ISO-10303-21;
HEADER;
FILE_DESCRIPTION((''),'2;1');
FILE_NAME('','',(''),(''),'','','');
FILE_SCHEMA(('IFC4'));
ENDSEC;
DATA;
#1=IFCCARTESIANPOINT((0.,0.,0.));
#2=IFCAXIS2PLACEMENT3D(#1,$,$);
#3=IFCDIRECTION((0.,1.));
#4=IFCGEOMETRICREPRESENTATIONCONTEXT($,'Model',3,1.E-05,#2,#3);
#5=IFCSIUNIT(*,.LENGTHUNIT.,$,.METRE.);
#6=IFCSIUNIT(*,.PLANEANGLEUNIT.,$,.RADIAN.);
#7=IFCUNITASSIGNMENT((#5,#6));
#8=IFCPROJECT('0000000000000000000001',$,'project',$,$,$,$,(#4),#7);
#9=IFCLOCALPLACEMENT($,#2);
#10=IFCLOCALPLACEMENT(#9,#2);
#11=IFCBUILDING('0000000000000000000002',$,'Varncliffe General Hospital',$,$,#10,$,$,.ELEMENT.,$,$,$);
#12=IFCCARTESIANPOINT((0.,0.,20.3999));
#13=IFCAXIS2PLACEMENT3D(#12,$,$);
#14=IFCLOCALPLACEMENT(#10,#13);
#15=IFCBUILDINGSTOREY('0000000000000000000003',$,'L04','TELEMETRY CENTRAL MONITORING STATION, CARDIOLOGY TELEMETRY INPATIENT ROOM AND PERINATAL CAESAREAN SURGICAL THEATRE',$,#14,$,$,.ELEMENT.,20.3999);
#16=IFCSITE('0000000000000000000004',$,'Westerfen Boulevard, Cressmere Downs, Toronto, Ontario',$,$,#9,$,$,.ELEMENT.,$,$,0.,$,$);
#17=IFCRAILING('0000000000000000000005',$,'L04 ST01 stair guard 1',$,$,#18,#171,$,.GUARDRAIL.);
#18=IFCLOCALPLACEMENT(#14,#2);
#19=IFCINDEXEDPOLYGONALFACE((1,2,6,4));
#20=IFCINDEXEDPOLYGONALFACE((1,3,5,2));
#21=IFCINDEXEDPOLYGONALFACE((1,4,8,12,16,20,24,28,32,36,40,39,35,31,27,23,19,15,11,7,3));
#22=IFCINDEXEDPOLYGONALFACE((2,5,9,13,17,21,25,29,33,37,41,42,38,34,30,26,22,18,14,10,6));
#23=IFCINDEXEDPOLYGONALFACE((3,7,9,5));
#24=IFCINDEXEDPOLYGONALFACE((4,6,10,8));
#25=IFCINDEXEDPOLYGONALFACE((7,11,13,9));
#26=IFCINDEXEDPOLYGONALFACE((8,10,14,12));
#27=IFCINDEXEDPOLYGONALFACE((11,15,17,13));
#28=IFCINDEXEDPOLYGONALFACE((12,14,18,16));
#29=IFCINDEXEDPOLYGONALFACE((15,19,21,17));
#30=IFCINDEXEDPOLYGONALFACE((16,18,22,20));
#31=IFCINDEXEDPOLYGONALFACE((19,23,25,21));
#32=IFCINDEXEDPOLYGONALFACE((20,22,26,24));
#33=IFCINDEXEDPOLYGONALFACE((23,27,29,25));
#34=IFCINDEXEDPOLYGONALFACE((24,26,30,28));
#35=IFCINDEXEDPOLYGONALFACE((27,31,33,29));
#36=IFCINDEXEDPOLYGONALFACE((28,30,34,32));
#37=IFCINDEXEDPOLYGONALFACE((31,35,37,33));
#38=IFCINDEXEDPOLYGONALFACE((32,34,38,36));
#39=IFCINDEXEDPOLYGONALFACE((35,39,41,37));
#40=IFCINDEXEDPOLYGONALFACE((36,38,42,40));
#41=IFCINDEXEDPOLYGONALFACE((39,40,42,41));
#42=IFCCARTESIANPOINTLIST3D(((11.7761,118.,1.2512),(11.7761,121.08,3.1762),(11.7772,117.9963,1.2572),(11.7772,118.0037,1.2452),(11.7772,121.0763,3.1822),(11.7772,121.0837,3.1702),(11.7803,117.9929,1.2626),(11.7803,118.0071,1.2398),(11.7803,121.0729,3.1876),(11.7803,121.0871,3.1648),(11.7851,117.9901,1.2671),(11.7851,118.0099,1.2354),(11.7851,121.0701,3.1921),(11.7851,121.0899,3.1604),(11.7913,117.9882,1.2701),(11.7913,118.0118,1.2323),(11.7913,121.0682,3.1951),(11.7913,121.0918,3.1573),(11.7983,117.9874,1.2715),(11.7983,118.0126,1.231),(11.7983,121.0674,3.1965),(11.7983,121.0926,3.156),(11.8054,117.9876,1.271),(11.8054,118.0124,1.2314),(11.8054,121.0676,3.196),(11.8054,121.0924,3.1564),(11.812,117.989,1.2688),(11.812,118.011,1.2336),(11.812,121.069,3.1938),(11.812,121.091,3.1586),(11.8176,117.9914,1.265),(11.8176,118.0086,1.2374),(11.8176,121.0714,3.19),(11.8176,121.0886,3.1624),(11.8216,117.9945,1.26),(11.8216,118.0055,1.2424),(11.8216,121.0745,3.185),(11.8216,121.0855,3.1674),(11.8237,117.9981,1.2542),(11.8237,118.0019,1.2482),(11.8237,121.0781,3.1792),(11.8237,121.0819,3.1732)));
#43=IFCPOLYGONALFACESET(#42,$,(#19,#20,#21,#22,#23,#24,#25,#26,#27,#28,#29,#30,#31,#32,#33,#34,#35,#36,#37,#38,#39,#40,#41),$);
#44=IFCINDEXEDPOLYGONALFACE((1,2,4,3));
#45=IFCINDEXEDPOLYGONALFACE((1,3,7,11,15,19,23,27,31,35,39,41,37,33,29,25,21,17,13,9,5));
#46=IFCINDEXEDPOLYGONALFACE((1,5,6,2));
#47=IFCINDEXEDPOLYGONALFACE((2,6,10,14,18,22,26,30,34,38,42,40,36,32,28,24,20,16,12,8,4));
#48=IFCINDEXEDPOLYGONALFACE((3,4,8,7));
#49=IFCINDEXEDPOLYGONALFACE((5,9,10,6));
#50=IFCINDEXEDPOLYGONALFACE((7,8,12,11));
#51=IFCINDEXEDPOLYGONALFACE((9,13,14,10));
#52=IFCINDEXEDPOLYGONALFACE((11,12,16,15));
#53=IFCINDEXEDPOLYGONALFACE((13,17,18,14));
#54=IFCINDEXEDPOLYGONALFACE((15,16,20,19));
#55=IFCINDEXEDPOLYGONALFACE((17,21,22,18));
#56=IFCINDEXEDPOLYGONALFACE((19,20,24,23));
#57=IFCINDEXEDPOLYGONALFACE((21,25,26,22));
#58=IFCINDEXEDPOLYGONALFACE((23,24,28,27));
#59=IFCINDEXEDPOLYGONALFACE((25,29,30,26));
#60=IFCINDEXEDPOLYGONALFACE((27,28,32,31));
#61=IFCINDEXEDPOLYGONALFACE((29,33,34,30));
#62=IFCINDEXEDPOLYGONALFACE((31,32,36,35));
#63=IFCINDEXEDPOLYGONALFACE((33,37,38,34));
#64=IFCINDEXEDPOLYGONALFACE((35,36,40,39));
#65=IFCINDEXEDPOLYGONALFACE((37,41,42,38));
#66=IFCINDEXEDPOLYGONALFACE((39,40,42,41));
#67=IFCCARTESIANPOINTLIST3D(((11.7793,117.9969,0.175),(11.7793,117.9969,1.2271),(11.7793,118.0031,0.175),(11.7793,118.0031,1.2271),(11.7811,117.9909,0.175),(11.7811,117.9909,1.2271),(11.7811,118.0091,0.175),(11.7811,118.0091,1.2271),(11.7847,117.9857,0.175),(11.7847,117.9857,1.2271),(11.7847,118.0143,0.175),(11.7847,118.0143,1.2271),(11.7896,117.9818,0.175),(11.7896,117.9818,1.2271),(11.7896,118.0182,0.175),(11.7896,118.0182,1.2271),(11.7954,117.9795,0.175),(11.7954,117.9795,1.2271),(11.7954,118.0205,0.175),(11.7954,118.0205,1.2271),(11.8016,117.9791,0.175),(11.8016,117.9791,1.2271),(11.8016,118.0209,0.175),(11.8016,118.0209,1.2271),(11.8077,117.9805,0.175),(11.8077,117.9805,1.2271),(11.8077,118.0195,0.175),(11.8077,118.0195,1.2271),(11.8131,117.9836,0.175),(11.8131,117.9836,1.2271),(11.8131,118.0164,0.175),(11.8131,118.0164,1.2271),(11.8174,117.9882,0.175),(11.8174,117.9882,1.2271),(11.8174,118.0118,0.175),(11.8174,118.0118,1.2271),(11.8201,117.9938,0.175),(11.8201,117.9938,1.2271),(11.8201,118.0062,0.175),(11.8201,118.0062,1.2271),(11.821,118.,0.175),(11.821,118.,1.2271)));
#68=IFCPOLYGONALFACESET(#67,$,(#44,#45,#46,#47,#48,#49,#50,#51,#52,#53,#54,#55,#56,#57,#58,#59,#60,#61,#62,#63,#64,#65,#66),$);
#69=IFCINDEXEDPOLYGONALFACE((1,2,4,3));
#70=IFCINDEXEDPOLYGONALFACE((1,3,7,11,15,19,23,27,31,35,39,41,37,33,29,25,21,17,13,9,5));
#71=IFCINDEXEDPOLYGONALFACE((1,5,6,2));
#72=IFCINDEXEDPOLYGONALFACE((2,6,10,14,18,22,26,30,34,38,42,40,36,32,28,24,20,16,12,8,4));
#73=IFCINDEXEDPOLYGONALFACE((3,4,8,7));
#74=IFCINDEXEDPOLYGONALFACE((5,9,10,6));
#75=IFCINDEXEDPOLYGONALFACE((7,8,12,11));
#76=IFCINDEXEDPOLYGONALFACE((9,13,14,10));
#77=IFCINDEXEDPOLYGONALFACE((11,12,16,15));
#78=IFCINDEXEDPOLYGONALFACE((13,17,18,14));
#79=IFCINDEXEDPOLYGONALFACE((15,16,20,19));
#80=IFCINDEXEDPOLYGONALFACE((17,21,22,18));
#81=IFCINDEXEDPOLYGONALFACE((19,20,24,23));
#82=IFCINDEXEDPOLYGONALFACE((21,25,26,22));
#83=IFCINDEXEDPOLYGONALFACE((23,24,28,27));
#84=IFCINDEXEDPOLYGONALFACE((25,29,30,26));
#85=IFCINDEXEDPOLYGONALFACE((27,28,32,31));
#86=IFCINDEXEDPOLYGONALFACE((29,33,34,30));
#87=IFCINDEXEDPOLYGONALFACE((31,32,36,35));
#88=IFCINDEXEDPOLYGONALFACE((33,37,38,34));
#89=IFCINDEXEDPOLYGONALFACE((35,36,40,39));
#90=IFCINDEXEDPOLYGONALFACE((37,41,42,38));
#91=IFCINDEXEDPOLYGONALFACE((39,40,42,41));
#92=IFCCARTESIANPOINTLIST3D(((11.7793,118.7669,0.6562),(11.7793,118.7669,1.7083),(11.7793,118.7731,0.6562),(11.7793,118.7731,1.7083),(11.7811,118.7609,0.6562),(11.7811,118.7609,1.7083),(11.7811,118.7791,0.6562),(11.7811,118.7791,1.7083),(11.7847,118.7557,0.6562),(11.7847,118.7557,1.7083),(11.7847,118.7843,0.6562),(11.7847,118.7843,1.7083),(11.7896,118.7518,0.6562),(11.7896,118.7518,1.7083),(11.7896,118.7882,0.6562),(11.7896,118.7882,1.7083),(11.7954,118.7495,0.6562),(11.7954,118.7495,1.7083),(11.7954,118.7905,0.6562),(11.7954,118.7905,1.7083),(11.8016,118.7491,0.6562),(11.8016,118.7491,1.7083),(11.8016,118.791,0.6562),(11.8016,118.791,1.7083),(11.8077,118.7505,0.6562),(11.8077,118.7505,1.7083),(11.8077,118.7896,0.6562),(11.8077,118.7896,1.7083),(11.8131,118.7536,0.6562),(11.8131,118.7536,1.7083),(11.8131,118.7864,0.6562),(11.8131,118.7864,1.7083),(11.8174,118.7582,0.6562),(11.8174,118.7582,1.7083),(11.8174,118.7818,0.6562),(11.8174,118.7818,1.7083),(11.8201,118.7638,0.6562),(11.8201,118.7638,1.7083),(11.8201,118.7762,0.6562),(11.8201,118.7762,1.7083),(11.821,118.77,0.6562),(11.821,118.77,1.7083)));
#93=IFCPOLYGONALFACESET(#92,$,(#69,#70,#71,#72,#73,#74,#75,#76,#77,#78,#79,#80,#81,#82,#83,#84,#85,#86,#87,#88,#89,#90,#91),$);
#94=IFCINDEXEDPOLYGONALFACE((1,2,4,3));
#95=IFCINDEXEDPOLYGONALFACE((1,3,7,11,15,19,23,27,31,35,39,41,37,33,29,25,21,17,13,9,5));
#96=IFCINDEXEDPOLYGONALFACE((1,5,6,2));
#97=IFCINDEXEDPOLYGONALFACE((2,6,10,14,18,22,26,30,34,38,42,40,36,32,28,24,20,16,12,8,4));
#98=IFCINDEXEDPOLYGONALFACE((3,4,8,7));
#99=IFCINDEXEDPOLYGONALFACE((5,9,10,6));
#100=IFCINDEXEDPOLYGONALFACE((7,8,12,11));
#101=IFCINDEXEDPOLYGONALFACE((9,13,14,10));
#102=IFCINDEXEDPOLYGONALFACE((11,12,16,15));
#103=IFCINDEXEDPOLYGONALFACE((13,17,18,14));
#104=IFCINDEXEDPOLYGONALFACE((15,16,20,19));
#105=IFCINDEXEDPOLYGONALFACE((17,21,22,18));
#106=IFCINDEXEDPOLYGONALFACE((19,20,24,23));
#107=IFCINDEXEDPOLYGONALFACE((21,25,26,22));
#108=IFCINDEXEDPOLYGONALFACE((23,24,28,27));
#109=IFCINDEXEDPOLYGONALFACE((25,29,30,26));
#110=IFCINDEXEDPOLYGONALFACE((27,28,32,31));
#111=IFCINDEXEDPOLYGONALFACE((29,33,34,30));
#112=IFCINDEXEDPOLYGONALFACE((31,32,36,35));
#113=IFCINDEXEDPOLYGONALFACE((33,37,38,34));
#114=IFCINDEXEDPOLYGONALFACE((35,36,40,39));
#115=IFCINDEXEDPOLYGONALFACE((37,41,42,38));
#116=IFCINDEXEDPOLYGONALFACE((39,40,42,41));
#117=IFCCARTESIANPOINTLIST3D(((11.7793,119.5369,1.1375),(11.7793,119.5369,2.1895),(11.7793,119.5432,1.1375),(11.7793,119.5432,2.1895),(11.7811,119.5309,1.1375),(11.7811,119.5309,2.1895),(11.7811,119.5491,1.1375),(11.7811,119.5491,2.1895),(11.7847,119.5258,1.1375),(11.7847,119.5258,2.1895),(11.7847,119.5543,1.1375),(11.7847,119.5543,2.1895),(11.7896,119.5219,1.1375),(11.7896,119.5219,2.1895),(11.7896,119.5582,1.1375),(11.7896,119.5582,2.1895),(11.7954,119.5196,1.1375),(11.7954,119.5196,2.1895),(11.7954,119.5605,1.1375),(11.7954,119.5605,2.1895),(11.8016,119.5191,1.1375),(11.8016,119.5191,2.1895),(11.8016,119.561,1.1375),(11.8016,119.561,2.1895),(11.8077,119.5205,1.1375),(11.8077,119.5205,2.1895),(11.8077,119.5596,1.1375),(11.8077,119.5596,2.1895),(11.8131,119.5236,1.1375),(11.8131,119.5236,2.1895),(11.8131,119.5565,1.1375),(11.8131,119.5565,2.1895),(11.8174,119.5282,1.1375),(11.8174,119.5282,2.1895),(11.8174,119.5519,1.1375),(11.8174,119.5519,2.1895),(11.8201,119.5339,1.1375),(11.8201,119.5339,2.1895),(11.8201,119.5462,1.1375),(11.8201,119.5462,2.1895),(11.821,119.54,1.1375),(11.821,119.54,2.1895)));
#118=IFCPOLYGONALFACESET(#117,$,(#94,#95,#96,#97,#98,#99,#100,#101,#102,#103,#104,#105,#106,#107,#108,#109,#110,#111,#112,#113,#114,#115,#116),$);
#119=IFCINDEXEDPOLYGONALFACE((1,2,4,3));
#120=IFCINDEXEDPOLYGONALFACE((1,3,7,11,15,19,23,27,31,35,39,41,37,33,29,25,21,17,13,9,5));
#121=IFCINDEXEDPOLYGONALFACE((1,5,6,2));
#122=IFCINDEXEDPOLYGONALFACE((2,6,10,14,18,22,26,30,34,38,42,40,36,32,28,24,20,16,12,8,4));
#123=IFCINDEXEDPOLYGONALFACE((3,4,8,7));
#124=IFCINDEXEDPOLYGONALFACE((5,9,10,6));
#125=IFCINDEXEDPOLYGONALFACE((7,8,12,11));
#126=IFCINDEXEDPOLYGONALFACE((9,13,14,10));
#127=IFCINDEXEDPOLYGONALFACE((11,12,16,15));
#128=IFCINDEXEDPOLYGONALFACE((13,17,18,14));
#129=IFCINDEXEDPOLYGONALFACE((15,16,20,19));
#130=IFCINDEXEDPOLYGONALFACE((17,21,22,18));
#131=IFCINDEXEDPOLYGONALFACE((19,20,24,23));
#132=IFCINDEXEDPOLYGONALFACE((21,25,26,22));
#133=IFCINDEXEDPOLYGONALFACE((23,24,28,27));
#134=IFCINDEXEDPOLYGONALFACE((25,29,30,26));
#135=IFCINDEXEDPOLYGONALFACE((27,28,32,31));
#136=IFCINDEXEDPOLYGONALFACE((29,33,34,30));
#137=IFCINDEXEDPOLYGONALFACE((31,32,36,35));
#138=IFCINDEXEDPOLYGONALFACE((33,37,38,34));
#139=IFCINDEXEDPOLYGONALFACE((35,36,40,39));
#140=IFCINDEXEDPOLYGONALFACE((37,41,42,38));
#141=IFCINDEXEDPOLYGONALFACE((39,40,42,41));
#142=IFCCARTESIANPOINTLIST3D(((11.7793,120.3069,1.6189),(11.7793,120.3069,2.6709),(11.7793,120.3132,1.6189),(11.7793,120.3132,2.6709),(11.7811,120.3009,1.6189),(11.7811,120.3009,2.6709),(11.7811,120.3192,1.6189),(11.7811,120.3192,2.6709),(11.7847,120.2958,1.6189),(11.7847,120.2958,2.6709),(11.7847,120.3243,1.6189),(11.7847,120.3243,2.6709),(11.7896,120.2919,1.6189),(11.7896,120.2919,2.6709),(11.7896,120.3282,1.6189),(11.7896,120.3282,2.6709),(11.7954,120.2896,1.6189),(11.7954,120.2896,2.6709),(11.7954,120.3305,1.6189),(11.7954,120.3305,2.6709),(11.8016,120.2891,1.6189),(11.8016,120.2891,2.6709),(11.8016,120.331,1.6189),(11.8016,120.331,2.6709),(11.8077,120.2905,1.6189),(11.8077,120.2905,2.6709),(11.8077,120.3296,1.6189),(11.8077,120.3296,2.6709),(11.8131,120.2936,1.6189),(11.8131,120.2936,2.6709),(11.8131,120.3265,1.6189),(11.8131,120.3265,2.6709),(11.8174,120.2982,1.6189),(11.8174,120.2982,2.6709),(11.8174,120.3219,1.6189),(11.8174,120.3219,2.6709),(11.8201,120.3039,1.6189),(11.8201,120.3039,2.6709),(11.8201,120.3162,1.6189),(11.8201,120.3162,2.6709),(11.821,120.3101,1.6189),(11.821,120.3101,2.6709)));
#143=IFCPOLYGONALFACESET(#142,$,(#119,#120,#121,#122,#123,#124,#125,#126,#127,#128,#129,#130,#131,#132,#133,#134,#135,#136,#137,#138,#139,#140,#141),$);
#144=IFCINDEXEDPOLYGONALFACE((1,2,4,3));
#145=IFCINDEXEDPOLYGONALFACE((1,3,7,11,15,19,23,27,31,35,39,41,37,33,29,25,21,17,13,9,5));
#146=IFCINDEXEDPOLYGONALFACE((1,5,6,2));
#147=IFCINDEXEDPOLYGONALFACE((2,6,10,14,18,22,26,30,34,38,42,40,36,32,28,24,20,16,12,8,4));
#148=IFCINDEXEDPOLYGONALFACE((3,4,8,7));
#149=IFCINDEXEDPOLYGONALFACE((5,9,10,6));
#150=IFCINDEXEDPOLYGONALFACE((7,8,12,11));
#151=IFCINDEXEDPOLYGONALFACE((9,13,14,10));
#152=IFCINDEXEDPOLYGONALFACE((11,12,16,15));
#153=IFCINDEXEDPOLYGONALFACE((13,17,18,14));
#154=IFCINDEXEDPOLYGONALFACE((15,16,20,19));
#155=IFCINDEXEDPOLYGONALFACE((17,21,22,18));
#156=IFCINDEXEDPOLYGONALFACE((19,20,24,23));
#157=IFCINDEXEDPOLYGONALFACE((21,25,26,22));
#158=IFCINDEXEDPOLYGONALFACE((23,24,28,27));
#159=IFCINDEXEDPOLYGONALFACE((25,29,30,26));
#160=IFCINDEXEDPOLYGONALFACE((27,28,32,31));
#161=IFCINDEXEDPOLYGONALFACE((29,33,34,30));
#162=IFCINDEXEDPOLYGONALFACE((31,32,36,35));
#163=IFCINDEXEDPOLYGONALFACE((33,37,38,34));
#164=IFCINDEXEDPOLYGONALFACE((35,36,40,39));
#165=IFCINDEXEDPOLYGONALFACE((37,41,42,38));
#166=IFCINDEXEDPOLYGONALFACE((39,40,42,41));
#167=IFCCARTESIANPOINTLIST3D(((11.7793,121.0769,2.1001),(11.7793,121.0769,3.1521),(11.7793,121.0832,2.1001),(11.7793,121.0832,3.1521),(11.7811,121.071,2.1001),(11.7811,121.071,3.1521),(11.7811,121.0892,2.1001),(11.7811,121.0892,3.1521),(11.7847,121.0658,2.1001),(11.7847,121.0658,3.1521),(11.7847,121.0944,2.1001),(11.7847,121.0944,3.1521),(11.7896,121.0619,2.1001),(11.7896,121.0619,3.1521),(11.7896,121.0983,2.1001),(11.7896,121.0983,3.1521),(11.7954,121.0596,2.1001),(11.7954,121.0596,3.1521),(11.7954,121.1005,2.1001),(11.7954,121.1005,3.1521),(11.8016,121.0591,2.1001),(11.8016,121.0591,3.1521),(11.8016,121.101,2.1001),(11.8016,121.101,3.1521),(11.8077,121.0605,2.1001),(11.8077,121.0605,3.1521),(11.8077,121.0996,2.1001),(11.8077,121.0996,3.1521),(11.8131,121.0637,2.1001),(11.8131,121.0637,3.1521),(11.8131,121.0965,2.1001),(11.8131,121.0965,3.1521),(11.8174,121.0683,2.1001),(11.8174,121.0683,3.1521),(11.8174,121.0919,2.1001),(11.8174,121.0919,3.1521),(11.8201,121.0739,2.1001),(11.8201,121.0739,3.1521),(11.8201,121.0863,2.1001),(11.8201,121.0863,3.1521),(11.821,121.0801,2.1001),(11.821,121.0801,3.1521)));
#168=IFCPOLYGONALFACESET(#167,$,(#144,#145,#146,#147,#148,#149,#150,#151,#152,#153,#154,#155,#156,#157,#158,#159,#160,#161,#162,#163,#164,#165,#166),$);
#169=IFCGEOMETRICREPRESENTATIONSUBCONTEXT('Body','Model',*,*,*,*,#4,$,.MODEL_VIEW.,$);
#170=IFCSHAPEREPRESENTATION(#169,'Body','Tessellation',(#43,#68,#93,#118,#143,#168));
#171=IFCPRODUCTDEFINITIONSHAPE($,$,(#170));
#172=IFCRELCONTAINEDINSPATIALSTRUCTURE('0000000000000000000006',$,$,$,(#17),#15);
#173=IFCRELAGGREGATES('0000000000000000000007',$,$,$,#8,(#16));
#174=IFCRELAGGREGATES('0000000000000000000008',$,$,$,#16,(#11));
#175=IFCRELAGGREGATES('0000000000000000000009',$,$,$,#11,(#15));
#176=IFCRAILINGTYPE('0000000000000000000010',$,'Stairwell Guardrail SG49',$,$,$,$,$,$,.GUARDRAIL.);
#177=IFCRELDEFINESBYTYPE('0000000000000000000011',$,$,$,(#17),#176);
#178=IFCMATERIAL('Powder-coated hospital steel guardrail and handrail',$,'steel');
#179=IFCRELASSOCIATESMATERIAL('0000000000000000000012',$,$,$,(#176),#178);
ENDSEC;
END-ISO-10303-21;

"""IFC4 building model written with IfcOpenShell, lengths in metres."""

from ifc_helpers import new_model, si_unit, direction, frame, origin, origin_2d, place, context, subcontext, project, spatial, circle, extrude, material, type_object, element, save


model = new_model("IFC4")

# Units and contexts
model_context = context("Model", 3, precision=1e-05, world=origin(), true_north=direction((0.0, 1.0)))
body_context = subcontext(model_context, "Body", "Model", "MODEL_VIEW")
ifc_project = project(units=[si_unit("LENGTHUNIT", "METRE"), si_unit("PLANEANGLEUNIT", "RADIAN")], contexts=[model_context])

# Site, building, storey
site_placement = place(None, origin())
site = spatial("IfcSite", under=ifc_project, at=site_placement, Name="Westerfen Boulevard, Cressmere Downs, Toronto, Ontario", CompositionType="ELEMENT", RefElevation=0.0)
building_placement = place(site_placement, origin())
building = spatial("IfcBuilding", under=site, at=building_placement, Name="Varncliffe General Hospital", CompositionType="ELEMENT")
storey_placement = place(building_placement, frame((0.0, 0.0, 20.3999)))
storey = spatial("IfcBuildingStorey", under=building, at=storey_placement, Name="L04", Description="TELEMETRY CENTRAL MONITORING STATION, CARDIOLOGY TELEMETRY INPATIENT ROOM AND PERINATAL CAESAREAN SURGICAL THEATRE", CompositionType="ELEMENT", Elevation=20.3999)

# Railing
ifc_material_1 = material(Name="Powder-coated hospital steel guardrail and handrail", Category="steel")
railing_type_1 = type_object("IfcRailingType", Name="Stairwell Guardrail SG49", PredefinedType="GUARDRAIL", material=ifc_material_1)
railing_1_placement = place(storey_placement, frame((11.8, 118.0, 0.175)))
element("IfcRailing", 1, at=railing_1_placement, inside=storey, type_object=railing_type_1, Name="L04 ST01 stair guard 1", PredefinedType="GUARDRAIL", context=body_context, shape_type="SweptSolid", body=[
    extrude(circle(Radius=0.0239, at=origin_2d()), frame((0.0, 0.0, 1.0762), z_axis=(0.0, 0.847998, 0.529999), x_axis=(-1.0, 0.0, 0.0)), (0.0, 0.0, 1.0), 3.6321),
    extrude(circle(Radius=0.021, at=origin_2d()), origin(), (0.0, 0.0, 1.0), 1.052),
    extrude(circle(Radius=0.021, at=origin_2d()), frame((0.0, 0.77, 0.4812)), (0.0, 0.0, 1.0), 1.052),
    extrude(circle(Radius=0.021, at=origin_2d()), frame((0.0, 1.54, 0.9624)), (0.0, 0.0, 1.0), 1.052),
    extrude(circle(Radius=0.021, at=origin_2d()), frame((0.0, 2.3101, 1.4438)), (0.0, 0.0, 1.0), 1.052),
    extrude(circle(Radius=0.021, at=origin_2d()), frame((0.0, 3.0801, 1.925)), (0.0, 0.0, 1.0), 1.052),
])

save(model, "model.ifc")
